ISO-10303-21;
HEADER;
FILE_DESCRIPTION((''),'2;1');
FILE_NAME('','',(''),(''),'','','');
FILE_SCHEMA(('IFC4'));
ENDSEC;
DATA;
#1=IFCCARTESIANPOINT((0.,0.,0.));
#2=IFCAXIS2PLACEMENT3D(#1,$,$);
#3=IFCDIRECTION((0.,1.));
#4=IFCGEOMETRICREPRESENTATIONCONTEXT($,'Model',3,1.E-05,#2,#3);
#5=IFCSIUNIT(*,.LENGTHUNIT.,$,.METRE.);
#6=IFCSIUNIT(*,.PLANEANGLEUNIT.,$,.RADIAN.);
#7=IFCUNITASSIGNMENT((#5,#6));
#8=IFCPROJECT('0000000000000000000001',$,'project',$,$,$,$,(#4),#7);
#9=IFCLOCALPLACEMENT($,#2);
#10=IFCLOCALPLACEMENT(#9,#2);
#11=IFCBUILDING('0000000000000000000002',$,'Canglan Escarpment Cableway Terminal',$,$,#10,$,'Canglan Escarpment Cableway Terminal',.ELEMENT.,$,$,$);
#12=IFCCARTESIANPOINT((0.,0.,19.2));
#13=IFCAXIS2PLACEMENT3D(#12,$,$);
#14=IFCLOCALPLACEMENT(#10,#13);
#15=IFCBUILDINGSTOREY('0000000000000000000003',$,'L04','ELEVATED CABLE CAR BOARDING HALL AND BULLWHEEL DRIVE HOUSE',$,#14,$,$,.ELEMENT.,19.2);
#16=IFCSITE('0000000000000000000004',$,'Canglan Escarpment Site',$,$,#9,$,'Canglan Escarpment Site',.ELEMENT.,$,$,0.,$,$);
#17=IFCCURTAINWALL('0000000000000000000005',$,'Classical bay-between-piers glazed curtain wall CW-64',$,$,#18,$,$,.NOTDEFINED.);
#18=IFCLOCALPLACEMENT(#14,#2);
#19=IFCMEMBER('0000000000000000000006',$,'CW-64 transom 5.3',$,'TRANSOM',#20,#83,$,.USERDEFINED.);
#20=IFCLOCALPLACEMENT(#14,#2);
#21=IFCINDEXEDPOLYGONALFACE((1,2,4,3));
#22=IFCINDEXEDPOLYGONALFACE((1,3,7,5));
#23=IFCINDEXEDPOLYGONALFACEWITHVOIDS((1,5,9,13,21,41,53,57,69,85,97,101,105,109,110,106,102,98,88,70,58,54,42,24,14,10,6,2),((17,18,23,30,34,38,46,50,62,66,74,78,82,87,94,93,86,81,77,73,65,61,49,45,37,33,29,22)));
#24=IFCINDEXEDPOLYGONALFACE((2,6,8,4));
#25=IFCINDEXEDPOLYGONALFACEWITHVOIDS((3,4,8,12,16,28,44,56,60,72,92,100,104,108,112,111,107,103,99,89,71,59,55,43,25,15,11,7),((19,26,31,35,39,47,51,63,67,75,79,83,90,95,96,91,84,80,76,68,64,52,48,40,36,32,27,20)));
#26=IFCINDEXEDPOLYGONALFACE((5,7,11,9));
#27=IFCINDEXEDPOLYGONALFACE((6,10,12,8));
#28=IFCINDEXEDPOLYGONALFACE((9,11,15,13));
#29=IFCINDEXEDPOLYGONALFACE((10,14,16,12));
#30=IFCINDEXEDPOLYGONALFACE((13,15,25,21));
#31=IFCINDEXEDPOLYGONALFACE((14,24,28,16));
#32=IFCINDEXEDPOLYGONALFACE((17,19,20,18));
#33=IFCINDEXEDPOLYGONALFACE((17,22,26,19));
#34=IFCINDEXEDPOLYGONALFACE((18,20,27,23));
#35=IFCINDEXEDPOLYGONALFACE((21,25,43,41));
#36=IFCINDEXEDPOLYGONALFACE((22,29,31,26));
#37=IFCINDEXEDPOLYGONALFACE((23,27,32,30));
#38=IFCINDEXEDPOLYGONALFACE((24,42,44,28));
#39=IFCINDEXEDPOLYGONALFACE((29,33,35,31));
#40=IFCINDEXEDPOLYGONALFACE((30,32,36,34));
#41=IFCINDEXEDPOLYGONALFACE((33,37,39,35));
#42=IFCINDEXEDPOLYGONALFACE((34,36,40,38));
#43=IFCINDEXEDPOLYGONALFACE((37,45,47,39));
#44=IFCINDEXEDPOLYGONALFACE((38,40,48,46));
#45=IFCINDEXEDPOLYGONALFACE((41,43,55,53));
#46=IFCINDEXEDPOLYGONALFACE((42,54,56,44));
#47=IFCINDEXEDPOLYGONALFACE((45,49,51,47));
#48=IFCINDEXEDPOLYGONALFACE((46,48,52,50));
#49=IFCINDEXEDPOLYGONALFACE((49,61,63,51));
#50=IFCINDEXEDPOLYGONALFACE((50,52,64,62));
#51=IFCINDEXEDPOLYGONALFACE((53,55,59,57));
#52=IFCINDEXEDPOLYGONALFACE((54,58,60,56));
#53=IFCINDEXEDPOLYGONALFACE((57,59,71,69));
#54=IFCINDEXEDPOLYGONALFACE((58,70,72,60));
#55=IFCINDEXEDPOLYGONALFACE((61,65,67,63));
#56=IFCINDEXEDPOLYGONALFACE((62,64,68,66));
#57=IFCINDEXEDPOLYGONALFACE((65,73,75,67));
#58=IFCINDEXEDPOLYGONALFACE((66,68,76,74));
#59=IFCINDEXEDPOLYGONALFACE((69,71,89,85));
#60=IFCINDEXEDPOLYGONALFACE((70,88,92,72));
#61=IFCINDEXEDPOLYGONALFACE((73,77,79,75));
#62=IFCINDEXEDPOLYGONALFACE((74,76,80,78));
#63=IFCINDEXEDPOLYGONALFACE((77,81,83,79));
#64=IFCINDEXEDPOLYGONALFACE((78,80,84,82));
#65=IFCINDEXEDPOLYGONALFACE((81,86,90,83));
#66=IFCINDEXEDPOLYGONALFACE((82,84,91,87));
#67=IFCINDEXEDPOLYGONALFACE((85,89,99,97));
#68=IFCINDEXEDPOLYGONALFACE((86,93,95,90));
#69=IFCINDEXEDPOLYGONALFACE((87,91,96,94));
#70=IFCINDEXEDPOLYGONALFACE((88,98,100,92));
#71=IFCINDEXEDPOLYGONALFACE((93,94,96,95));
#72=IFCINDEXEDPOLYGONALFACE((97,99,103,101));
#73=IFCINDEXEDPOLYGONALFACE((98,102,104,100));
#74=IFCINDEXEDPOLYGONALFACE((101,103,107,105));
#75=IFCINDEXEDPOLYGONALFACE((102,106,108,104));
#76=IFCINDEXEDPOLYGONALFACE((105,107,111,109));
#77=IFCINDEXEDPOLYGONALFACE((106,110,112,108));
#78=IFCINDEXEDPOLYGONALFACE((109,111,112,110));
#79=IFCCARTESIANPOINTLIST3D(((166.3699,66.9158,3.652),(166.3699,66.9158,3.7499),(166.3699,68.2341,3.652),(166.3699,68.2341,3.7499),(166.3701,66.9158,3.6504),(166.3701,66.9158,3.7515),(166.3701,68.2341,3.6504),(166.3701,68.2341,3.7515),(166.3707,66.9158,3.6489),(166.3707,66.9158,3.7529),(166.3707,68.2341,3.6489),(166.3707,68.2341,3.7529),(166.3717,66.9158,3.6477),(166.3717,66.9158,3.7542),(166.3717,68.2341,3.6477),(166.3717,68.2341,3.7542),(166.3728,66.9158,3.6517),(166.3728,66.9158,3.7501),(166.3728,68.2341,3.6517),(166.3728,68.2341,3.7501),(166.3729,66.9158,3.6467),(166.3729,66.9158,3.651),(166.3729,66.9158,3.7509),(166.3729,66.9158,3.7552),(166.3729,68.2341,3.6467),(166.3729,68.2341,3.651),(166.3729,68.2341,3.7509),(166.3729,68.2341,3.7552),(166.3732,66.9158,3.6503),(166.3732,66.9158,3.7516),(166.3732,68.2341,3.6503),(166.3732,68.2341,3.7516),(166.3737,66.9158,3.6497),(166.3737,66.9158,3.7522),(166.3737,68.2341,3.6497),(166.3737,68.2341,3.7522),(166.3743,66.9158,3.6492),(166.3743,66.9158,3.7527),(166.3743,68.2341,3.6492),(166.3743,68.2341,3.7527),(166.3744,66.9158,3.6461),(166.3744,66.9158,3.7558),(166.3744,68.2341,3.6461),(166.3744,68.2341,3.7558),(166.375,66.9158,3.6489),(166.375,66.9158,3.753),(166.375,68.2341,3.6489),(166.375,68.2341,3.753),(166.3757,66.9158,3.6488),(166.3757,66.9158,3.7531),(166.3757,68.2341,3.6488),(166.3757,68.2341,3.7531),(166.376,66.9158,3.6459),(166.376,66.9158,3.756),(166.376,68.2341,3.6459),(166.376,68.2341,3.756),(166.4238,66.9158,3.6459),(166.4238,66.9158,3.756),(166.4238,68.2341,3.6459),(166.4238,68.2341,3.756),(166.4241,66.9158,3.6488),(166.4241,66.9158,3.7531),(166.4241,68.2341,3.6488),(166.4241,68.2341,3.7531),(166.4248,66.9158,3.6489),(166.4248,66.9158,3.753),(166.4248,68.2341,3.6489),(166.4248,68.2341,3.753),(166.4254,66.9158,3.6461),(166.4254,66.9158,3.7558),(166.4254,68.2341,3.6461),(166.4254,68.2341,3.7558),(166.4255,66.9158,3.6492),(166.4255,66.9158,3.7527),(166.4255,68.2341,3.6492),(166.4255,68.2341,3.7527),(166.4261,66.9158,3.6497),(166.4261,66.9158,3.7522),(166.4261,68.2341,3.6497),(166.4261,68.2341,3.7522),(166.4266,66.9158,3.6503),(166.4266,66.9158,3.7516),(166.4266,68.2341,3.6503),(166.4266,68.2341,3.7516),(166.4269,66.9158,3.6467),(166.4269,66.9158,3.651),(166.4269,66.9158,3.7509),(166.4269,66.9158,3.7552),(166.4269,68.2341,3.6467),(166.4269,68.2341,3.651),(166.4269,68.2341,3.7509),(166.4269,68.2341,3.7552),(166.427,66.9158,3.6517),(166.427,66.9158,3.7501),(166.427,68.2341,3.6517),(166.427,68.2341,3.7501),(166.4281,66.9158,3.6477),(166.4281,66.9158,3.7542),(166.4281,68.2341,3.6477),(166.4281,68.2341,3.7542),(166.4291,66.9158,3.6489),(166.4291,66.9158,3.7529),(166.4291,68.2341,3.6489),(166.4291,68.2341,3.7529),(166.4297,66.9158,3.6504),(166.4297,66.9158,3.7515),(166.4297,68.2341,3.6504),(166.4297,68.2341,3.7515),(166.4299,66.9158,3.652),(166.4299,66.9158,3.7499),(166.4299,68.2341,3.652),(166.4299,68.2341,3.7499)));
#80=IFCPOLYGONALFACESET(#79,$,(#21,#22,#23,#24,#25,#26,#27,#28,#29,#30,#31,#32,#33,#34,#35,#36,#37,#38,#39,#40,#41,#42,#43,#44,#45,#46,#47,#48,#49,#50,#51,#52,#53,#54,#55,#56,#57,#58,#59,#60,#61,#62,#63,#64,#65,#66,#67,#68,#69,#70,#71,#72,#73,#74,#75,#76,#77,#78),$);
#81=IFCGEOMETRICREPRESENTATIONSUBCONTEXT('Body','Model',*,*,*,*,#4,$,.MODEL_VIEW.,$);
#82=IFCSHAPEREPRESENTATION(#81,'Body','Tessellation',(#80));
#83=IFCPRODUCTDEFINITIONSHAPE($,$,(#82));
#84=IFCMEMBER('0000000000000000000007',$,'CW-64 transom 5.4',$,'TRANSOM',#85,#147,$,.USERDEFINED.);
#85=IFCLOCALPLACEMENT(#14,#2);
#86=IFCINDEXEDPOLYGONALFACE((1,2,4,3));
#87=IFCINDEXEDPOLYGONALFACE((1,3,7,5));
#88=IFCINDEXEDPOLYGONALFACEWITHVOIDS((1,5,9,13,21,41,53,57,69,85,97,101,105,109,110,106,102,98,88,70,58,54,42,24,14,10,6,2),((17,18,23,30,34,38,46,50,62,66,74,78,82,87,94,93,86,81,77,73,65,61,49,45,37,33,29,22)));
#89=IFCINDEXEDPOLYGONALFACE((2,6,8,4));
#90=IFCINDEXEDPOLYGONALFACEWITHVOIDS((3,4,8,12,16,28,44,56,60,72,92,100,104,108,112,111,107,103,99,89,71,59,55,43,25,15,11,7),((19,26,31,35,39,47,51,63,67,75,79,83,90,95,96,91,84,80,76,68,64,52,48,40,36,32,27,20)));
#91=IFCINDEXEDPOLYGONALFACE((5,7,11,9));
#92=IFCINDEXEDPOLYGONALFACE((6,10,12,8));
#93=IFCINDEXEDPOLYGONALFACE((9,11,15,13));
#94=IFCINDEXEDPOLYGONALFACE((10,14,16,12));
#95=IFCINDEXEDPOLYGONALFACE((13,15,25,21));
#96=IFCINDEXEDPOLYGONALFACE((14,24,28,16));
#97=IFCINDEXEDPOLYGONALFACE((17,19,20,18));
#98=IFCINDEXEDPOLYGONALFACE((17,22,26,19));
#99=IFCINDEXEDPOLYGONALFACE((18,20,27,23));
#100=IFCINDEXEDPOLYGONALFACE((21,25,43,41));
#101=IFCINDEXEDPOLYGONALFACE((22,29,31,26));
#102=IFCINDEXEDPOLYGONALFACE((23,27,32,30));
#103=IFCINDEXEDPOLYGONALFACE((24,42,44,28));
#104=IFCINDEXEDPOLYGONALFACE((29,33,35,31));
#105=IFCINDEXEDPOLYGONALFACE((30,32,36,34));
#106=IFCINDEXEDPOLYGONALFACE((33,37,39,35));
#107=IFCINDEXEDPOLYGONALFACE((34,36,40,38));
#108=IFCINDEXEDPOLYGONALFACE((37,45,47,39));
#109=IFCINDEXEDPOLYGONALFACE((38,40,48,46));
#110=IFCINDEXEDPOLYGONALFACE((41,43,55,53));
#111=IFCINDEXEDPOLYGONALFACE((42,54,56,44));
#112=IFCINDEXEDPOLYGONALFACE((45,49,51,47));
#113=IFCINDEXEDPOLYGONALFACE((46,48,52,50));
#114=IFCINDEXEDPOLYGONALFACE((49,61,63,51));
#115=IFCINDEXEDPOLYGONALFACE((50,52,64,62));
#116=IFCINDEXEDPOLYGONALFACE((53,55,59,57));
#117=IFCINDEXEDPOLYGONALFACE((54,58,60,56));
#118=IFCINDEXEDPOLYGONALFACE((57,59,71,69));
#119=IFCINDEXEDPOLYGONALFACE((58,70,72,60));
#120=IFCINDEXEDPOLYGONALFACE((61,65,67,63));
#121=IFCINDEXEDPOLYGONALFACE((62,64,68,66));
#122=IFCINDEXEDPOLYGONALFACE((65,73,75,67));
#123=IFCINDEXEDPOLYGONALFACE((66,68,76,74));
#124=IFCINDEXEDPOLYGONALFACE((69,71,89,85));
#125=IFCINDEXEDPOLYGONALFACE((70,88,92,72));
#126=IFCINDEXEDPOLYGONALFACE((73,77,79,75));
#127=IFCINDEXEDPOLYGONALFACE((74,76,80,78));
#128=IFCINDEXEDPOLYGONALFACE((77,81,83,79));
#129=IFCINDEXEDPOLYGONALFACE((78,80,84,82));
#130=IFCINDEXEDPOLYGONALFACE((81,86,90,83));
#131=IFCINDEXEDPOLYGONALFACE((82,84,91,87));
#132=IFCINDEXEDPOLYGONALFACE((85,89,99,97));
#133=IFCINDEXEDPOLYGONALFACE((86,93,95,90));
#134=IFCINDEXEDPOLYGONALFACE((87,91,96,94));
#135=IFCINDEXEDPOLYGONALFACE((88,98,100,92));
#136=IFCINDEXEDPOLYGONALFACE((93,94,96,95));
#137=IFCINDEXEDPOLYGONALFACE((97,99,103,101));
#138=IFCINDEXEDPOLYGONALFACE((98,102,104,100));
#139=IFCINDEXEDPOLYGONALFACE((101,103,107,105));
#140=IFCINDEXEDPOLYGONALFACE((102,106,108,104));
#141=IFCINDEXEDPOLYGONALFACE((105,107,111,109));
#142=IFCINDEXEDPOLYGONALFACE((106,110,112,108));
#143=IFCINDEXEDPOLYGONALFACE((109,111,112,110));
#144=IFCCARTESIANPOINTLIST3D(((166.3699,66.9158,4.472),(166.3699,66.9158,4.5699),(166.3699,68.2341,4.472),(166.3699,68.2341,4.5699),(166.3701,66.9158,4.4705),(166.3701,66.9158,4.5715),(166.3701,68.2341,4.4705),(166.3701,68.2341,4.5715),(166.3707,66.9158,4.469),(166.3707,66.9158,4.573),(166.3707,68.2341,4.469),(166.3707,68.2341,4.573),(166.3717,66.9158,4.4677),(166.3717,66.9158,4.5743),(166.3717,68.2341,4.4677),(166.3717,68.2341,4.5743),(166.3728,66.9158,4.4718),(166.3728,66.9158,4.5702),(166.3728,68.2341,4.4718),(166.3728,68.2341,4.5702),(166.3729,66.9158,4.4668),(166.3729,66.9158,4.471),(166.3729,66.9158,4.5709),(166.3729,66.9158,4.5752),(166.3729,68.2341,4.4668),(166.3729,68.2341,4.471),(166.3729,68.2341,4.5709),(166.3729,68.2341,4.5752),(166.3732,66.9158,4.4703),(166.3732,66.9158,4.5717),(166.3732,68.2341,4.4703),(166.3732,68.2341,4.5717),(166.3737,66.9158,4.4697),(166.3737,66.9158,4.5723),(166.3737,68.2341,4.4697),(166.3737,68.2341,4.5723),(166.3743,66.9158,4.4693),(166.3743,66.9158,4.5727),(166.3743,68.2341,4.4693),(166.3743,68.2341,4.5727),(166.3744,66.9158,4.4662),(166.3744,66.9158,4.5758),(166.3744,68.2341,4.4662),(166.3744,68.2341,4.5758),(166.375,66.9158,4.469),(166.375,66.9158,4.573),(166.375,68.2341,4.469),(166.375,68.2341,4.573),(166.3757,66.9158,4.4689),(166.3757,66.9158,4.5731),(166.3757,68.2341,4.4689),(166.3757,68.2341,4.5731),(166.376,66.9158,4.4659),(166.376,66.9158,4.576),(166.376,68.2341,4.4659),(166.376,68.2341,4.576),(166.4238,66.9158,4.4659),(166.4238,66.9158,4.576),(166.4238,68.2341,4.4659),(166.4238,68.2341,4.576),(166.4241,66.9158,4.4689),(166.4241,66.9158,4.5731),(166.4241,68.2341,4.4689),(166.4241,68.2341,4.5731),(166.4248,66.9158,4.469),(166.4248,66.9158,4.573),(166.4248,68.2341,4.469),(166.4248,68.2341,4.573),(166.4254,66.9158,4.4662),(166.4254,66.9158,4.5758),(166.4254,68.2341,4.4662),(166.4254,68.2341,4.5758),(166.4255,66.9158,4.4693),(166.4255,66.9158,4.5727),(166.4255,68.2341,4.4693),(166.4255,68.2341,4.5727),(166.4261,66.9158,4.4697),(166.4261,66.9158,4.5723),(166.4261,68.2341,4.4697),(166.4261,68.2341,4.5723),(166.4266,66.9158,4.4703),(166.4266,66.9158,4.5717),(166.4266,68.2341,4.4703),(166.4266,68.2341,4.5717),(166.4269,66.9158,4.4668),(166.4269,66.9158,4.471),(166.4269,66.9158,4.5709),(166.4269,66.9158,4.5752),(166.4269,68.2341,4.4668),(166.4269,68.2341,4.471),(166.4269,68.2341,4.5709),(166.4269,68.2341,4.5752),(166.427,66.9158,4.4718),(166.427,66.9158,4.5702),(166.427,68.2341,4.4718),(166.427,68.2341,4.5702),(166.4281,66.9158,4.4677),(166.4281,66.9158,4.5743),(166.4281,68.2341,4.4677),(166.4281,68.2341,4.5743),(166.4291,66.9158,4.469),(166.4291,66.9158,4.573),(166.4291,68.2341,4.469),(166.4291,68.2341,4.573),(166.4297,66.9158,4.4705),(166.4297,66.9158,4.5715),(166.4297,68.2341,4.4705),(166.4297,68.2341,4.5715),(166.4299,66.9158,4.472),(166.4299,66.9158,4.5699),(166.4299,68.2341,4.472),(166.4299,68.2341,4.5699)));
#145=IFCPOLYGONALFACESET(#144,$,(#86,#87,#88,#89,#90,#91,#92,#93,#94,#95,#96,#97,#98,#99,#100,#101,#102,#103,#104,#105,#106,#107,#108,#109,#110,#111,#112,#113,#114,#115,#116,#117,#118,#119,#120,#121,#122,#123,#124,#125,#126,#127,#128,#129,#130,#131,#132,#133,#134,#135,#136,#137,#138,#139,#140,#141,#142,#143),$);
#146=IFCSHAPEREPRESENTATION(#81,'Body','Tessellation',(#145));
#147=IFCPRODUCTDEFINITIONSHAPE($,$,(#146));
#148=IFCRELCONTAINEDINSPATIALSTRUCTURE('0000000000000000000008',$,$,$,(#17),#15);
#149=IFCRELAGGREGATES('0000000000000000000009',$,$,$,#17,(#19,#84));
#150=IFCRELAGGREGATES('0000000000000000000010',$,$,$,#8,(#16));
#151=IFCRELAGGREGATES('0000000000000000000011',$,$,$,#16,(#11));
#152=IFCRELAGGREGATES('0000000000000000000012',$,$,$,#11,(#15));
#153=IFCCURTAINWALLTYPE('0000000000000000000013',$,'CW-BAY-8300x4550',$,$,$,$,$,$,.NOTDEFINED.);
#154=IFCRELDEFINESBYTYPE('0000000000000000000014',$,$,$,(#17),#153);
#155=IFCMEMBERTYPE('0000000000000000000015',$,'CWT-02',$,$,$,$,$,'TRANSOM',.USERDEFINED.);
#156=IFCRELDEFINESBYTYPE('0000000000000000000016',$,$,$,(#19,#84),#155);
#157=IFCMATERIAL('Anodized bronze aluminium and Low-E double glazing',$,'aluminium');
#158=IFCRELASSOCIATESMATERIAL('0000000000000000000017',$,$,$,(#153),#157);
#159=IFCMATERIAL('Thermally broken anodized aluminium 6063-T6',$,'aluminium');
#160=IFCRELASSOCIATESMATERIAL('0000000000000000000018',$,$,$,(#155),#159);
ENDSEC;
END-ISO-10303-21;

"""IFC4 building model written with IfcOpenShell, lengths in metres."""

from ifc_helpers import new_model, si_unit, direction, frame, origin, origin_2d, place, context, subcontext, project, spatial, hollow_rectangle, extrude, material, material_profile, profile_set, type_object, element, aggregate, save


model = new_model("IFC4")

# Units and contexts
model_context = context("Model", 3, precision=1e-05, world=origin(), true_north=direction((0.0, 1.0)))
body_context = subcontext(model_context, "Body", "Model", "MODEL_VIEW")
ifc_project = project(units=[si_unit("LENGTHUNIT", "METRE"), si_unit("PLANEANGLEUNIT", "RADIAN")], contexts=[model_context])

# Site, building, storey
site_placement = place(None, origin())
site = spatial("IfcSite", under=ifc_project, at=site_placement, Name="Canglan Escarpment Site", LongName="Canglan Escarpment Site", CompositionType="ELEMENT", RefElevation=0.0)
building_placement = place(site_placement, origin())
building = spatial("IfcBuilding", under=site, at=building_placement, Name="Canglan Escarpment Cableway Terminal", LongName="Canglan Escarpment Cableway Terminal", CompositionType="ELEMENT")
storey_placement = place(building_placement, frame((0.0, 0.0, 19.2)))
storey = spatial("IfcBuildingStorey", under=building, at=storey_placement, Name="L04", Description="ELEVATED CABLE CAR BOARDING HALL AND BULLWHEEL DRIVE HOUSE", CompositionType="ELEMENT", Elevation=19.2)

# Curtain wall
ifc_material_1 = material(Name="Anodized bronze aluminium and Low-E double glazing", Category="aluminium")
curtain_wall_type = type_object("IfcCurtainWallType", Name="CW-BAY-8300x4550", PredefinedType="NOTDEFINED", material=ifc_material_1)
curtain_wall_1_placement = place(storey_placement, origin())
curtain_wall_1 = element("IfcCurtainWall", 1, at=curtain_wall_1_placement, inside=storey, type_object=curtain_wall_type, Name="Classical bay-between-piers glazed curtain wall CW-64", PredefinedType="NOTDEFINED")
ifc_material_2 = material(Name="Thermally broken anodized aluminium 6063-T6", Category="aluminium")

# Members
ifc_material_profile_1 = material_profile(ifc_material_2, hollow_rectangle(XDim=0.0601, YDim=0.1101, WallThickness=0.0029, InnerFilletRadius=0.0029, OuterFilletRadius=0.0061, at=origin_2d()), Name="ALU-TRAN 60x110x3")
ifc_profile_set_1 = profile_set([ifc_material_profile_1], Name="Thermally broken anodized aluminium 6063-T6")
member_type_1 = type_object("IfcMemberType", Name="CWT-02", ElementType="TRANSOM", PredefinedType="USERDEFINED", material=ifc_profile_set_1)
member_1_placement = place(storey_placement, frame((166.3999, 66.9158, 3.7009), z_axis=(0.0, 1.0, 0.0), x_axis=(-1.0, 0.0, 0.0)))
member_1 = element("IfcMember", 2, at=member_1_placement, type_object=member_type_1, Name="CW-64 transom 5.3", ObjectType="TRANSOM", PredefinedType="USERDEFINED", context=body_context, shape_type="SweptSolid", body=[
    extrude(hollow_rectangle(XDim=0.0601, YDim=0.1101, WallThickness=0.0029, InnerFilletRadius=0.0029, OuterFilletRadius=0.0061, at=origin_2d()), origin(), (0.0, 0.0, 1.0), 1.3184),
])
member_2_placement = place(storey_placement, frame((166.3999, 66.9158, 4.521), z_axis=(0.0, 1.0, 0.0), x_axis=(-1.0, 0.0, 0.0)))
member_2 = element("IfcMember", 3, at=member_2_placement, type_object=member_type_1, Name="CW-64 transom 5.4", ObjectType="TRANSOM", PredefinedType="USERDEFINED", context=body_context, shape_type="SweptSolid", body=[
    extrude(hollow_rectangle(XDim=0.0601, YDim=0.1101, WallThickness=0.0029, InnerFilletRadius=0.0029, OuterFilletRadius=0.0061, at=origin_2d()), origin(), (0.0, 0.0, 1.0), 1.3184),
])

aggregate(curtain_wall_1, [member_1, member_2])

save(model, "model.ifc")
